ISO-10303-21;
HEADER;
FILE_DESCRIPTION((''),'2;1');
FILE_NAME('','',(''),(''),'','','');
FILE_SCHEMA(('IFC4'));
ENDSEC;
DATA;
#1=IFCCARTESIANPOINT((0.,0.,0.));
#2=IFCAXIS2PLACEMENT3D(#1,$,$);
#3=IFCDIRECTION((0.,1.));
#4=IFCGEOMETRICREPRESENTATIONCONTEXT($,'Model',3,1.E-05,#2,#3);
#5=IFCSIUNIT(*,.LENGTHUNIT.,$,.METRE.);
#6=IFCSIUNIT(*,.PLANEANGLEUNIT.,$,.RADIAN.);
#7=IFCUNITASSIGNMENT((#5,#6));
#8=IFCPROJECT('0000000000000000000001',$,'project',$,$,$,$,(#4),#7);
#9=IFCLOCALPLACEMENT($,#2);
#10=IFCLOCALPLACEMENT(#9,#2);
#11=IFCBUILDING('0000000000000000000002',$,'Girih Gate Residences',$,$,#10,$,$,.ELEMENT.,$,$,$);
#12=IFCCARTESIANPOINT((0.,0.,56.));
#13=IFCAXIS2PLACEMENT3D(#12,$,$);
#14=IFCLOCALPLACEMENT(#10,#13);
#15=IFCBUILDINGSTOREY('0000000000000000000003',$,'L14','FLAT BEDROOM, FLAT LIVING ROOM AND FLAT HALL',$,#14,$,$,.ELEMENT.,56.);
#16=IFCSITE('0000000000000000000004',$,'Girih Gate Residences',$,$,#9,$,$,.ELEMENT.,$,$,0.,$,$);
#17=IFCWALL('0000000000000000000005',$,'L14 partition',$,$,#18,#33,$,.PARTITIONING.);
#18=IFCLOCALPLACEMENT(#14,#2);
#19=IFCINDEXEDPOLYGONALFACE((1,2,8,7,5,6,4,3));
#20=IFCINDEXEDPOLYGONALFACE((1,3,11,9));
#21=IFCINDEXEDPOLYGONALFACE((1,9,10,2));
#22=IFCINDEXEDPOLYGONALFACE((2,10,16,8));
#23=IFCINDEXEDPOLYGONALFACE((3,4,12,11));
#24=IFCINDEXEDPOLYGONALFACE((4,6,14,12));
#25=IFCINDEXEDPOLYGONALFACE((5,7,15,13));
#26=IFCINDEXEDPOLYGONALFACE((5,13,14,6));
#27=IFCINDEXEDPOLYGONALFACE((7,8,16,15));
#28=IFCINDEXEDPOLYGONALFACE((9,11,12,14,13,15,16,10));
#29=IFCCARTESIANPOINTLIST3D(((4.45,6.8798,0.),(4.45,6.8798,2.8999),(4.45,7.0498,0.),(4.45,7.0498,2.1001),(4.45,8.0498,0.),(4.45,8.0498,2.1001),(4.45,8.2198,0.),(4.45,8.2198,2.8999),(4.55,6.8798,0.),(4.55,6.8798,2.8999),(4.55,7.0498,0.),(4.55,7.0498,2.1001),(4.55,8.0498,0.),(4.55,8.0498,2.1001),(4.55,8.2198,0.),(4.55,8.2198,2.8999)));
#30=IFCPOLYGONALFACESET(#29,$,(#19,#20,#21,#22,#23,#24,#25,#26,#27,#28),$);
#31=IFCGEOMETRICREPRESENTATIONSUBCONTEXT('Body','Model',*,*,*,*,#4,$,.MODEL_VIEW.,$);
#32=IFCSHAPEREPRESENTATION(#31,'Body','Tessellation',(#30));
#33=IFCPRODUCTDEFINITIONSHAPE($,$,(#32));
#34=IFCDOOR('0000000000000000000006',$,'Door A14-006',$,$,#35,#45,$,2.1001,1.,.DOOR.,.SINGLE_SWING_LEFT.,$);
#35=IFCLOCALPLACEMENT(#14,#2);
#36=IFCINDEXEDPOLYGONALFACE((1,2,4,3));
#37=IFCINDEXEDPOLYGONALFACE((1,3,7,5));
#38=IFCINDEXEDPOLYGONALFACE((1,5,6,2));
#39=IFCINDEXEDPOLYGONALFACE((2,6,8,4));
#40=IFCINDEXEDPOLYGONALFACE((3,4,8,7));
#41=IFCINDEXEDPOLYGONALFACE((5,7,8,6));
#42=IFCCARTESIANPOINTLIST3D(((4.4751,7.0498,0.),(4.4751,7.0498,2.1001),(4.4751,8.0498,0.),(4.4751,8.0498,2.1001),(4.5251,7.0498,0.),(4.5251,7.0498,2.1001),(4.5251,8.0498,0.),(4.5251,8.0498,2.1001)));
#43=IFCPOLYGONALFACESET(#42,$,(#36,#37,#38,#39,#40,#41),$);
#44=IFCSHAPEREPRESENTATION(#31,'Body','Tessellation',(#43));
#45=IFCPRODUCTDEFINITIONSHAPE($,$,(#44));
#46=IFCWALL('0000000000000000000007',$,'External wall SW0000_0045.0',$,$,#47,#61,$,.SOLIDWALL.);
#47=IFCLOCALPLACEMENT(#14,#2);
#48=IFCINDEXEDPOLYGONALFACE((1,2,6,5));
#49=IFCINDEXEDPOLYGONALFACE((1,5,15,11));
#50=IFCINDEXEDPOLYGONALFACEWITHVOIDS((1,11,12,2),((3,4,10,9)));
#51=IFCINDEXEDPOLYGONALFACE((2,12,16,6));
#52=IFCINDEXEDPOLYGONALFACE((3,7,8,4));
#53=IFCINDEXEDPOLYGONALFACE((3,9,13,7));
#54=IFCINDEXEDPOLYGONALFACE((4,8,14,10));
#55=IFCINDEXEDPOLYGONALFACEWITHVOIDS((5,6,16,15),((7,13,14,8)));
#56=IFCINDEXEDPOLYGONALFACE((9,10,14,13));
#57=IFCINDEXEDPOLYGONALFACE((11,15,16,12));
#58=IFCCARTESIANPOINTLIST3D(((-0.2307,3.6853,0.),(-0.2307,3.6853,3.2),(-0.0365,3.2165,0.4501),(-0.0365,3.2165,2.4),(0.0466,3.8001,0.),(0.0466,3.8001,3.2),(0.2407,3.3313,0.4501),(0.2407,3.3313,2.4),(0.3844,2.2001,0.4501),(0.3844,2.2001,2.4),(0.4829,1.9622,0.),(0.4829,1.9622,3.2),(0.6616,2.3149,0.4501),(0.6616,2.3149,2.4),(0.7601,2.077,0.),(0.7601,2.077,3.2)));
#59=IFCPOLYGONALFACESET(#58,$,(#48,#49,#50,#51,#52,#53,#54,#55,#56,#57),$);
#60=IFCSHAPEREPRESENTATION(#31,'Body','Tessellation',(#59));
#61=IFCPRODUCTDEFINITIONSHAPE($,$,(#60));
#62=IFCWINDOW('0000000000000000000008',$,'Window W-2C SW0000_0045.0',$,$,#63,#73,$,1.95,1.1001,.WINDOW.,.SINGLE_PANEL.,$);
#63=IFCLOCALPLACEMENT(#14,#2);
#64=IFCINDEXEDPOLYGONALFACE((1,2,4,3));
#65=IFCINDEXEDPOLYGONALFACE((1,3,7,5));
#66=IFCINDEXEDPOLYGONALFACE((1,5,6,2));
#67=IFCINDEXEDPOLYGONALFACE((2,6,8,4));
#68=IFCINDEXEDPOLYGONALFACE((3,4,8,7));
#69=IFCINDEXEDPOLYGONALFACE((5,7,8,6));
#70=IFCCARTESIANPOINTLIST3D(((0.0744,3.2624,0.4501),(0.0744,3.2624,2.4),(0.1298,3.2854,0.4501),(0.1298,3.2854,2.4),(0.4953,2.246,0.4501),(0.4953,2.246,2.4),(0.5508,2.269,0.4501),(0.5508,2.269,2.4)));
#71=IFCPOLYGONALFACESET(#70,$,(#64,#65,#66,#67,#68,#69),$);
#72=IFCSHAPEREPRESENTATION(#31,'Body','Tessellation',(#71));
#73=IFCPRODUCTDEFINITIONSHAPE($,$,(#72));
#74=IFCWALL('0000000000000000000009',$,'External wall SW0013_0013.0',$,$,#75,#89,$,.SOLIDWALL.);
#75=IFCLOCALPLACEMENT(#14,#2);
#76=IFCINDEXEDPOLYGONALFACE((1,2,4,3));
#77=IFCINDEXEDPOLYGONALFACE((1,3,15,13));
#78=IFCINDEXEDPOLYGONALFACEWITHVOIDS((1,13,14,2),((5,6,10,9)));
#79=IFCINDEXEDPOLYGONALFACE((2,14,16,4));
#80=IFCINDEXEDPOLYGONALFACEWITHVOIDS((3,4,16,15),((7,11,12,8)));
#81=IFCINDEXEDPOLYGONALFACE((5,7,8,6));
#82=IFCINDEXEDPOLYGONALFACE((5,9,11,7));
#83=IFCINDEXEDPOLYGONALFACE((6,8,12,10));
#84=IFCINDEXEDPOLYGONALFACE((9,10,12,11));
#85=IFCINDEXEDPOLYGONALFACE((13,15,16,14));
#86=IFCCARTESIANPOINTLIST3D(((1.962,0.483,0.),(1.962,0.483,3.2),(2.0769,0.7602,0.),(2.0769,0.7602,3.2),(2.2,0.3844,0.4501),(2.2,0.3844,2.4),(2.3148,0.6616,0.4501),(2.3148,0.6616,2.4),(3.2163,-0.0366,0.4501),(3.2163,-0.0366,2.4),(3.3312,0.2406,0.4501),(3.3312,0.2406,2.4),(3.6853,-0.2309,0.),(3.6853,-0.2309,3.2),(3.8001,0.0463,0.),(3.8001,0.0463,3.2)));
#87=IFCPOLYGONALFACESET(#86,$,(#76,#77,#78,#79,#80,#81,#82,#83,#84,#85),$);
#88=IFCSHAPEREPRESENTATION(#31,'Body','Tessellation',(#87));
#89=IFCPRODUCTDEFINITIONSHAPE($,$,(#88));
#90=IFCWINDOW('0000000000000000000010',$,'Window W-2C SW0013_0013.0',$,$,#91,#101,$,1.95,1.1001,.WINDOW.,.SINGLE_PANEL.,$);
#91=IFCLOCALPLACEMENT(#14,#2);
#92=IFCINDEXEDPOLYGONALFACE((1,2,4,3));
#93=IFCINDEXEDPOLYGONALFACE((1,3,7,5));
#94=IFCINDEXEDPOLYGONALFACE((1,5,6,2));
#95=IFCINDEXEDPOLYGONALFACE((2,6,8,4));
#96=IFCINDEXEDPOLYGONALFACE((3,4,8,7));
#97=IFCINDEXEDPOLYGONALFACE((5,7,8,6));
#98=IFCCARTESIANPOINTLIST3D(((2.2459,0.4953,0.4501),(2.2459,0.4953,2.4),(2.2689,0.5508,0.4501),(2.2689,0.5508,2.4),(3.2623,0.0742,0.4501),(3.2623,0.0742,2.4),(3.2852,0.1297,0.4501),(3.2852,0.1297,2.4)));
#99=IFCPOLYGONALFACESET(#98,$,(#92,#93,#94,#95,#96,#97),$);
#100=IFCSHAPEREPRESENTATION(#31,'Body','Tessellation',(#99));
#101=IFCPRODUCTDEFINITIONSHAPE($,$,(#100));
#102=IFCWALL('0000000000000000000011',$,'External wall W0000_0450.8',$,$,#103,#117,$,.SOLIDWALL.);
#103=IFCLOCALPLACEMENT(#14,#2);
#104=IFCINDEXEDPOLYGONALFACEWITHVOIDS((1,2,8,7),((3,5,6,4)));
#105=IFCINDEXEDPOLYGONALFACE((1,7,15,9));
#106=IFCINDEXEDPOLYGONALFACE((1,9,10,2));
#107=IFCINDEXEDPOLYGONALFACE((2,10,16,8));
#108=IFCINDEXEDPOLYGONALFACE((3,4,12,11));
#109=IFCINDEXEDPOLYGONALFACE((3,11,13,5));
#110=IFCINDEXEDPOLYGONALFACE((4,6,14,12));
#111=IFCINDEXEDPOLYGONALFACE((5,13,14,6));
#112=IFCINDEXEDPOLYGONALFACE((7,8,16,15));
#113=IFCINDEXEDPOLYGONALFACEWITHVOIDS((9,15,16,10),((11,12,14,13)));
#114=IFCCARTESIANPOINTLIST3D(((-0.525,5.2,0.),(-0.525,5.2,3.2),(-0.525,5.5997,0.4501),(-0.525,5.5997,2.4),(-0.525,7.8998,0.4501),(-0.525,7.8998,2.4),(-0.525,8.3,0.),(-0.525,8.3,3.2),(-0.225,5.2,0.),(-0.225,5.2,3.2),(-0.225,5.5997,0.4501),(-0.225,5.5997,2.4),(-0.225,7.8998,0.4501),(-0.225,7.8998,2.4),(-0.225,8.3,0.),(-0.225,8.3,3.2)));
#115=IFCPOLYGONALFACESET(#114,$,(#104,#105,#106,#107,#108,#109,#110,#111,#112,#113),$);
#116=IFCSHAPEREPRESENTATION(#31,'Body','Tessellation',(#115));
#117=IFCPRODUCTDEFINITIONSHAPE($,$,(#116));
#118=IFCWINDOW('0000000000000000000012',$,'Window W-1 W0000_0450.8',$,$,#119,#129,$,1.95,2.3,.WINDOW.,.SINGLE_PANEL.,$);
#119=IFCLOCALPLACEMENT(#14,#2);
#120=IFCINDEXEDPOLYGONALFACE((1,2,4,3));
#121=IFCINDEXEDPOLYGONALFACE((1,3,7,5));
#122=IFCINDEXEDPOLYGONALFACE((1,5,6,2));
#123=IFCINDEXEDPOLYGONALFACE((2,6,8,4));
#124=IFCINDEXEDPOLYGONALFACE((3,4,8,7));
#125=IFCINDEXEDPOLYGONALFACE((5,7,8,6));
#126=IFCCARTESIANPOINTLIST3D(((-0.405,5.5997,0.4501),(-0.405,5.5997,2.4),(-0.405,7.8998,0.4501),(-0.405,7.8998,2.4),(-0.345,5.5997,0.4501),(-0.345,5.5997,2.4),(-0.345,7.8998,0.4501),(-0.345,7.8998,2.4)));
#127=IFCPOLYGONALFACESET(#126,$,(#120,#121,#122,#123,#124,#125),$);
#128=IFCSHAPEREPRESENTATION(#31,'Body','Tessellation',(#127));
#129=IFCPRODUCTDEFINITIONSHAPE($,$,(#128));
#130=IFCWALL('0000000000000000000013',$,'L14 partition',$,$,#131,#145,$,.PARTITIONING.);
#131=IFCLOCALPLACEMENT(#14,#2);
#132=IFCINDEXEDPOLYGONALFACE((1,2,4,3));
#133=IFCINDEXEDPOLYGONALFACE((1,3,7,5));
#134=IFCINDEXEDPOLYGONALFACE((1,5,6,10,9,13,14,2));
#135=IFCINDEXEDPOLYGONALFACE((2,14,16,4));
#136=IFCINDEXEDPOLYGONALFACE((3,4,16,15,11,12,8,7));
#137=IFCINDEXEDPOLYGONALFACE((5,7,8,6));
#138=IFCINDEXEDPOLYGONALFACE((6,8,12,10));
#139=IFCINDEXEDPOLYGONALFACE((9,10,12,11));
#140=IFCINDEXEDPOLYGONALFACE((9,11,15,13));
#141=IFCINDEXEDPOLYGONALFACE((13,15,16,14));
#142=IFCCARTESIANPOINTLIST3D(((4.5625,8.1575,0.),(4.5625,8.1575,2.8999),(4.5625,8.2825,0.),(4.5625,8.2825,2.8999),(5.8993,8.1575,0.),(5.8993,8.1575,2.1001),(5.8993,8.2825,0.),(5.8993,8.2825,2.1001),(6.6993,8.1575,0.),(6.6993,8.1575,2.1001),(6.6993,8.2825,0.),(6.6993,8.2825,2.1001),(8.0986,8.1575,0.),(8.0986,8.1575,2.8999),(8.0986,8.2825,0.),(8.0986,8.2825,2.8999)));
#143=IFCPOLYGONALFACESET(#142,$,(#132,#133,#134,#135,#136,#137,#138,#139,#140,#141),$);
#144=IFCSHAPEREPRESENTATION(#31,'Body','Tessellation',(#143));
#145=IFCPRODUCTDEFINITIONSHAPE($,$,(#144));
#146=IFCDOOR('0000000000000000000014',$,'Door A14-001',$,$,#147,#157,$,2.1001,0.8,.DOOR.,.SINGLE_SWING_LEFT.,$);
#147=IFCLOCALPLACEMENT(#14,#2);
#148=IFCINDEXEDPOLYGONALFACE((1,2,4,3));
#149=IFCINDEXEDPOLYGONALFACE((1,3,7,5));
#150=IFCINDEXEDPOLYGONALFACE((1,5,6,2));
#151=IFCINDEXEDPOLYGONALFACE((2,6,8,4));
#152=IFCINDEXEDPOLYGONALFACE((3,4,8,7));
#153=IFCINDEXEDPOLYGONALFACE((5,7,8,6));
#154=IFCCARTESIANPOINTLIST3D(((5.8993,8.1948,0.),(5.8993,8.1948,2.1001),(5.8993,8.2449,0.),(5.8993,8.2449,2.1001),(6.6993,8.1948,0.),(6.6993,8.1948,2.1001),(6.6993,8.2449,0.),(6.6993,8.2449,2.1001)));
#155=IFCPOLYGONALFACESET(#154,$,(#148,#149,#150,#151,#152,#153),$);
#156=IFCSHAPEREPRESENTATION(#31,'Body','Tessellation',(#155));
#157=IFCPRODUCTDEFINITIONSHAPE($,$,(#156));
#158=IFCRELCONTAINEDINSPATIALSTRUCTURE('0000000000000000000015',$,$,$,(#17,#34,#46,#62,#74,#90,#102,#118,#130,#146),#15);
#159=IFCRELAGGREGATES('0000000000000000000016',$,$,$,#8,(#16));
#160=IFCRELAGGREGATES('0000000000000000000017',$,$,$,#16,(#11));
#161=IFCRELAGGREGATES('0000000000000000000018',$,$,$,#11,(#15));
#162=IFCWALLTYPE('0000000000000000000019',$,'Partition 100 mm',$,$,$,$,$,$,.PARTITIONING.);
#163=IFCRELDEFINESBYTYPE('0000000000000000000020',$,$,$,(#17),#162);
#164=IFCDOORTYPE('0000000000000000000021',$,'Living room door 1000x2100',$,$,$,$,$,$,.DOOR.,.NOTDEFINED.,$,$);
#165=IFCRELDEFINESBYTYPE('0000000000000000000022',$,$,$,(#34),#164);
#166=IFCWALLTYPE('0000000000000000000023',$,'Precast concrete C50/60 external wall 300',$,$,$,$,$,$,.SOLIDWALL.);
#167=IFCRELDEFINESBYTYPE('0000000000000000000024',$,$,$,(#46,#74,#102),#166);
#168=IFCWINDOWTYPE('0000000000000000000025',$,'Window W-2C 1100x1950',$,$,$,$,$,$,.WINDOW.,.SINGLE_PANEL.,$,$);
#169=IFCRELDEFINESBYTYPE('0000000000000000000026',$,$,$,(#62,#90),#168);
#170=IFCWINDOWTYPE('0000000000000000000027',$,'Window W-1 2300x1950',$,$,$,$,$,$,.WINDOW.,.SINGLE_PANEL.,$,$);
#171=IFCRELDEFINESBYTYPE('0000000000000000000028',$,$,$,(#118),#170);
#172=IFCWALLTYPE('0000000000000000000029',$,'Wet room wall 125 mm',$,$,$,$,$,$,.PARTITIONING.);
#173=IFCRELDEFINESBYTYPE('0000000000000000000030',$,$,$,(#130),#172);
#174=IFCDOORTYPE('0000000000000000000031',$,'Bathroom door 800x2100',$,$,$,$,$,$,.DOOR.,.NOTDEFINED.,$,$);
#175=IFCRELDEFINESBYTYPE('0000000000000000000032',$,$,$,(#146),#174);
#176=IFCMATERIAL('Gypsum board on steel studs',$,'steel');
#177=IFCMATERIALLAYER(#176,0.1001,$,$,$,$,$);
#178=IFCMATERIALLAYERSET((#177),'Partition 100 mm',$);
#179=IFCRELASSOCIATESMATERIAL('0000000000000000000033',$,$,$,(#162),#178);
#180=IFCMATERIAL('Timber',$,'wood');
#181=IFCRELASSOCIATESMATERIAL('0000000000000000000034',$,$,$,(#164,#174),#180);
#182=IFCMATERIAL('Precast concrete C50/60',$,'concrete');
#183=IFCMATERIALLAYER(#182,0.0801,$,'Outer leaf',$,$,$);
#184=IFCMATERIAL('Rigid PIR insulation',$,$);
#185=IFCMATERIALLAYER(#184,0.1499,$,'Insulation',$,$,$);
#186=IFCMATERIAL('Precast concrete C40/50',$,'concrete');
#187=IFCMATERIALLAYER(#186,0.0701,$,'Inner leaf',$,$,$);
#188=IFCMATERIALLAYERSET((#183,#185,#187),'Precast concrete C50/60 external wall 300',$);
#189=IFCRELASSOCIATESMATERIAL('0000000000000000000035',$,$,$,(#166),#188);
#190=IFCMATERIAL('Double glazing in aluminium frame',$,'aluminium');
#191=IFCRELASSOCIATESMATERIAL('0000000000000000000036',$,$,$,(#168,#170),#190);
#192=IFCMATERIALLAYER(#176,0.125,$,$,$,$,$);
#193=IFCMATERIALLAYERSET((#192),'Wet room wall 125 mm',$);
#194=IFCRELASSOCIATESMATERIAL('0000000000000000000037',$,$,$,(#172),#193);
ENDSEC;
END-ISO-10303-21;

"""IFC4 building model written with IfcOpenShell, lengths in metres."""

from ifc_helpers import new_model, si_unit, direction, frame, frame_2d, origin, place, context, subcontext, project, spatial, rectangle, extrude, material, layer, layer_set, type_object, element, fill, save


model = new_model("IFC4")

# Units and contexts
model_context = context("Model", 3, precision=1e-05, world=origin(), true_north=direction((0.0, 1.0)))
body_context = subcontext(model_context, "Body", "Model", "MODEL_VIEW")
ifc_project = project(units=[si_unit("LENGTHUNIT", "METRE"), si_unit("PLANEANGLEUNIT", "RADIAN")], contexts=[model_context])

# Site, building, storey
site_placement = place(None, origin())
site = spatial("IfcSite", under=ifc_project, at=site_placement, Name="Girih Gate Residences", CompositionType="ELEMENT", RefElevation=0.0)
building_placement = place(site_placement, origin())
building = spatial("IfcBuilding", under=site, at=building_placement, Name="Girih Gate Residences", CompositionType="ELEMENT")
storey_placement = place(building_placement, frame((0.0, 0.0, 56.0)))
storey = spatial("IfcBuildingStorey", under=building, at=storey_placement, Name="L14", Description="FLAT BEDROOM, FLAT LIVING ROOM AND FLAT HALL", CompositionType="ELEMENT", Elevation=56.0)

# Shared definitions
ifc_material_1 = material(Name="Gypsum board on steel studs", Category="steel")
ifc_layer_1 = layer(ifc_material_1, 0.1001)
ifc_layer_set_1 = layer_set([ifc_layer_1], Name="Partition 100 mm")
wall_type_1 = type_object("IfcWallType", Name="Partition 100 mm", PredefinedType="PARTITIONING", material=ifc_layer_set_1)

# Wall, opening, door
wall_1_placement = place(storey_placement, frame((4.5, 6.8799, 0.0), z_axis=(0.0, 0.0, 1.0), x_axis=(0.0, 1.0, 0.0)))
wall_1 = element("IfcWall", 1, at=wall_1_placement, inside=storey, type_object=wall_type_1, Name="L14 partition", PredefinedType="PARTITIONING", context=body_context, shape_type="SweptSolid", body=[
    extrude(rectangle(XDim=1.3401, YDim=0.1001, at=frame_2d((0.6699, 0.0))), origin(), (0.0, 0.0, 1.0), 2.8999),
])
opening_1_placement = place(wall_1_placement, frame((0.1699, 0.0, 0.0)))
opening_1 = element("IfcOpeningElement", 2, at=opening_1_placement, cuts=wall_1, PredefinedType="OPENING", context=body_context, shape_type="SweptSolid", body=[
    extrude(rectangle(XDim=1.0, YDim=2.1001, at=frame_2d((0.5, 1.05))), frame((0.0, 0.0601, 0.0), z_axis=(0.0, -1.0, 0.0), x_axis=(1.0, 0.0, 0.0)), (0.0, 0.0, 1.0), 0.1201),
])
ifc_material_2 = material(Name="Timber", Category="wood")
door_type_1 = type_object("IfcDoorType", Name="Living room door 1000x2100", OperationType="NOTDEFINED", PredefinedType="DOOR", material=ifc_material_2)
door_1_placement = place(opening_1_placement, origin())
door_1 = element("IfcDoor", 3, at=door_1_placement, inside=storey, type_object=door_type_1, Name="Door A14-006", OperationType="SINGLE_SWING_LEFT", OverallHeight=2.1001, OverallWidth=1.0, PredefinedType="DOOR", context=body_context, shape_type="SweptSolid", body=[
    extrude(rectangle(XDim=1.0, YDim=2.1001, at=frame_2d((0.5, 1.05))), frame((0.0, 0.0249, 0.0), z_axis=(0.0, -1.0, 0.0), x_axis=(1.0, 0.0, 0.0)), (0.0, 0.0, 1.0), 0.05),
])
fill(opening_1, door_1)

# Walls, openings, windows
ifc_material_3 = material(Name="Precast concrete C50/60", Category="concrete")
ifc_layer_2 = layer(ifc_material_3, 0.0801, Name="Outer leaf")
ifc_material_4 = material(Name="Rigid PIR insulation")
ifc_layer_3 = layer(ifc_material_4, 0.1499, Name="Insulation")
ifc_material_5 = material(Name="Precast concrete C40/50", Category="concrete")
ifc_layer_4 = layer(ifc_material_5, 0.0701, Name="Inner leaf")
ifc_layer_set_2 = layer_set([ifc_layer_2, ifc_layer_3, ifc_layer_4], Name="Precast concrete C50/60 external wall 300")
wall_type_2 = type_object("IfcWallType", Name="Precast concrete C50/60 external wall 300", PredefinedType="SOLIDWALL", material=ifc_layer_set_2)
wall_2_placement = place(storey_placement, frame((0.6216, 2.0195, 0.0), z_axis=(0.0, 0.0, 1.0), x_axis=(-0.382625, 0.923904, 0.0)))
wall_2 = element("IfcWall", 4, at=wall_2_placement, inside=storey, type_object=wall_type_2, Name="External wall SW0000_0045.0", PredefinedType="SOLIDWALL", context=body_context, shape_type="SweptSolid", body=[
    extrude(rectangle(XDim=1.865, YDim=0.3, at=frame_2d((0.9326, 0.0))), origin(), (0.0, 0.0, 1.0), 3.2),
])
opening_2_placement = place(wall_2_placement, frame((0.2576, 0.0, 0.45)))
opening_2 = element("IfcOpeningElement", 5, at=opening_2_placement, cuts=wall_2, PredefinedType="OPENING", context=body_context, shape_type="SweptSolid", body=[
    extrude(rectangle(XDim=1.1001, YDim=1.95, at=frame_2d((0.55, 0.9751))), frame((0.0, 0.1599, 0.0), z_axis=(0.0, -1.0, 0.0), x_axis=(1.0, 0.0, 0.0)), (0.0, 0.0, 1.0), 0.3201),
])
ifc_material_6 = material(Name="Double glazing in aluminium frame", Category="aluminium")
window_type_1 = type_object("IfcWindowType", Name="Window W-2C 1100x1950", PartitioningType="SINGLE_PANEL", PredefinedType="WINDOW", material=ifc_material_6)
window_1_placement = place(opening_2_placement, origin())
window_1 = element("IfcWindow", 6, at=window_1_placement, inside=storey, type_object=window_type_1, Name="Window W-2C SW0000_0045.0", OverallHeight=1.95, OverallWidth=1.1001, PartitioningType="SINGLE_PANEL", PredefinedType="WINDOW", context=body_context, shape_type="SweptSolid", body=[
    extrude(rectangle(XDim=1.1001, YDim=1.95, at=frame_2d((0.55, 0.9751))), frame((0.0, 0.03, 0.0), z_axis=(0.0, -1.0, 0.0), x_axis=(1.0, 0.0, 0.0)), (0.0, 0.0, 1.0), 0.0601),
])
fill(opening_2, window_1)
wall_3_placement = place(storey_placement, frame((3.7427, -0.0923, 0.0), z_axis=(0.0, 0.0, 1.0), x_axis=(-0.923857, 0.382737, 0.0)))
wall_3 = element("IfcWall", 7, at=wall_3_placement, inside=storey, type_object=wall_type_2, Name="External wall SW0013_0013.0", PredefinedType="SOLIDWALL", context=body_context, shape_type="SweptSolid", body=[
    extrude(rectangle(XDim=1.8652, YDim=0.3, at=frame_2d((0.9326, 0.0))), origin(), (0.0, 0.0, 1.0), 3.2),
])
opening_3_placement = place(wall_3_placement, frame((0.5076, 0.0, 0.45)))
opening_3 = element("IfcOpeningElement", 8, at=opening_3_placement, cuts=wall_3, PredefinedType="OPENING", context=body_context, shape_type="SweptSolid", body=[
    extrude(rectangle(XDim=1.1001, YDim=1.95, at=frame_2d((0.55, 0.9751))), frame((0.0, 0.1599, 0.0), z_axis=(0.0, -1.0, 0.0), x_axis=(1.0, 0.0, 0.0)), (0.0, 0.0, 1.0), 0.3201),
])
window_2_placement = place(opening_3_placement, origin())
window_2 = element("IfcWindow", 9, at=window_2_placement, inside=storey, type_object=window_type_1, Name="Window W-2C SW0013_0013.0", OverallHeight=1.95, OverallWidth=1.1001, PartitioningType="SINGLE_PANEL", PredefinedType="WINDOW", context=body_context, shape_type="SweptSolid", body=[
    extrude(rectangle(XDim=1.1001, YDim=1.95, at=frame_2d((0.55, 0.9751))), frame((0.0, 0.03, 0.0), z_axis=(0.0, -1.0, 0.0), x_axis=(1.0, 0.0, 0.0)), (0.0, 0.0, 1.0), 0.0601),
])
fill(opening_3, window_2)
wall_4_placement = place(storey_placement, frame((-0.375, 5.2, 0.0), z_axis=(0.0, 0.0, 1.0), x_axis=(0.0, 1.0, 0.0)))
wall_4 = element("IfcWall", 10, at=wall_4_placement, inside=storey, type_object=wall_type_2, Name="External wall W0000_0450.8", PredefinedType="SOLIDWALL", context=body_context, shape_type="SweptSolid", body=[
    extrude(rectangle(XDim=3.1001, YDim=0.3, at=frame_2d((1.55, 0.0))), origin(), (0.0, 0.0, 1.0), 3.2),
])
opening_4_placement = place(wall_4_placement, frame((0.3999, 0.0, 0.45)))
opening_4 = element("IfcOpeningElement", 11, at=opening_4_placement, cuts=wall_4, PredefinedType="OPENING", context=body_context, shape_type="SweptSolid", body=[
    extrude(rectangle(XDim=2.3, YDim=1.95, at=frame_2d((1.1499, 0.9751))), frame((0.0, 0.1599, 0.0), z_axis=(0.0, -1.0, 0.0), x_axis=(1.0, 0.0, 0.0)), (0.0, 0.0, 1.0), 0.3201),
])
window_type_2 = type_object("IfcWindowType", Name="Window W-1 2300x1950", PartitioningType="SINGLE_PANEL", PredefinedType="WINDOW", material=ifc_material_6)
window_3_placement = place(opening_4_placement, origin())
window_3 = element("IfcWindow", 12, at=window_3_placement, inside=storey, type_object=window_type_2, Name="Window W-1 W0000_0450.8", OverallHeight=1.95, OverallWidth=2.3, PartitioningType="SINGLE_PANEL", PredefinedType="WINDOW", context=body_context, shape_type="SweptSolid", body=[
    extrude(rectangle(XDim=2.3, YDim=1.95, at=frame_2d((1.1499, 0.9751))), frame((0.0, 0.03, 0.0), z_axis=(0.0, -1.0, 0.0), x_axis=(1.0, 0.0, 0.0)), (0.0, 0.0, 1.0), 0.0601),
])
fill(opening_4, window_3)

# Wall, opening, door
ifc_layer_5 = layer(ifc_material_1, 0.125)
ifc_layer_set_3 = layer_set([ifc_layer_5], Name="Wet room wall 125 mm")
wall_type_3 = type_object("IfcWallType", Name="Wet room wall 125 mm", PredefinedType="PARTITIONING", material=ifc_layer_set_3)
wall_5_placement = place(storey_placement, frame((4.5625, 8.22, 0.0), z_axis=(0.0, 0.0, 1.0), x_axis=(1.0, 0.0, 0.0)))
wall_5 = element("IfcWall", 13, at=wall_5_placement, inside=storey, type_object=wall_type_3, Name="L14 partition", PredefinedType="PARTITIONING", context=body_context, shape_type="SweptSolid", body=[
    extrude(rectangle(XDim=3.5361, YDim=0.125, at=frame_2d((1.7681, 0.0))), origin(), (0.0, 0.0, 1.0), 2.8999),
])
opening_5_placement = place(wall_5_placement, frame((1.3369, 0.0, 0.0)))
opening_5 = element("IfcOpeningElement", 14, at=opening_5_placement, cuts=wall_5, PredefinedType="OPENING", context=body_context, shape_type="SweptSolid", body=[
    extrude(rectangle(XDim=0.8, YDim=2.1001, at=frame_2d((0.3999, 1.05))), frame((0.0, 0.0725, 0.0), z_axis=(0.0, -1.0, 0.0), x_axis=(1.0, 0.0, 0.0)), (0.0, 0.0, 1.0), 0.145),
])
door_type_2 = type_object("IfcDoorType", Name="Bathroom door 800x2100", OperationType="NOTDEFINED", PredefinedType="DOOR", material=ifc_material_2)
door_2_placement = place(opening_5_placement, origin())
door_2 = element("IfcDoor", 15, at=door_2_placement, inside=storey, type_object=door_type_2, Name="Door A14-001", OperationType="SINGLE_SWING_LEFT", OverallHeight=2.1001, OverallWidth=0.8, PredefinedType="DOOR", context=body_context, shape_type="SweptSolid", body=[
    extrude(rectangle(XDim=0.8, YDim=2.1001, at=frame_2d((0.3999, 1.05))), frame((0.0, 0.0249, 0.0), z_axis=(0.0, -1.0, 0.0), x_axis=(1.0, 0.0, 0.0)), (0.0, 0.0, 1.0), 0.05),
])
fill(opening_5, door_2)

save(model, "model.ifc")
